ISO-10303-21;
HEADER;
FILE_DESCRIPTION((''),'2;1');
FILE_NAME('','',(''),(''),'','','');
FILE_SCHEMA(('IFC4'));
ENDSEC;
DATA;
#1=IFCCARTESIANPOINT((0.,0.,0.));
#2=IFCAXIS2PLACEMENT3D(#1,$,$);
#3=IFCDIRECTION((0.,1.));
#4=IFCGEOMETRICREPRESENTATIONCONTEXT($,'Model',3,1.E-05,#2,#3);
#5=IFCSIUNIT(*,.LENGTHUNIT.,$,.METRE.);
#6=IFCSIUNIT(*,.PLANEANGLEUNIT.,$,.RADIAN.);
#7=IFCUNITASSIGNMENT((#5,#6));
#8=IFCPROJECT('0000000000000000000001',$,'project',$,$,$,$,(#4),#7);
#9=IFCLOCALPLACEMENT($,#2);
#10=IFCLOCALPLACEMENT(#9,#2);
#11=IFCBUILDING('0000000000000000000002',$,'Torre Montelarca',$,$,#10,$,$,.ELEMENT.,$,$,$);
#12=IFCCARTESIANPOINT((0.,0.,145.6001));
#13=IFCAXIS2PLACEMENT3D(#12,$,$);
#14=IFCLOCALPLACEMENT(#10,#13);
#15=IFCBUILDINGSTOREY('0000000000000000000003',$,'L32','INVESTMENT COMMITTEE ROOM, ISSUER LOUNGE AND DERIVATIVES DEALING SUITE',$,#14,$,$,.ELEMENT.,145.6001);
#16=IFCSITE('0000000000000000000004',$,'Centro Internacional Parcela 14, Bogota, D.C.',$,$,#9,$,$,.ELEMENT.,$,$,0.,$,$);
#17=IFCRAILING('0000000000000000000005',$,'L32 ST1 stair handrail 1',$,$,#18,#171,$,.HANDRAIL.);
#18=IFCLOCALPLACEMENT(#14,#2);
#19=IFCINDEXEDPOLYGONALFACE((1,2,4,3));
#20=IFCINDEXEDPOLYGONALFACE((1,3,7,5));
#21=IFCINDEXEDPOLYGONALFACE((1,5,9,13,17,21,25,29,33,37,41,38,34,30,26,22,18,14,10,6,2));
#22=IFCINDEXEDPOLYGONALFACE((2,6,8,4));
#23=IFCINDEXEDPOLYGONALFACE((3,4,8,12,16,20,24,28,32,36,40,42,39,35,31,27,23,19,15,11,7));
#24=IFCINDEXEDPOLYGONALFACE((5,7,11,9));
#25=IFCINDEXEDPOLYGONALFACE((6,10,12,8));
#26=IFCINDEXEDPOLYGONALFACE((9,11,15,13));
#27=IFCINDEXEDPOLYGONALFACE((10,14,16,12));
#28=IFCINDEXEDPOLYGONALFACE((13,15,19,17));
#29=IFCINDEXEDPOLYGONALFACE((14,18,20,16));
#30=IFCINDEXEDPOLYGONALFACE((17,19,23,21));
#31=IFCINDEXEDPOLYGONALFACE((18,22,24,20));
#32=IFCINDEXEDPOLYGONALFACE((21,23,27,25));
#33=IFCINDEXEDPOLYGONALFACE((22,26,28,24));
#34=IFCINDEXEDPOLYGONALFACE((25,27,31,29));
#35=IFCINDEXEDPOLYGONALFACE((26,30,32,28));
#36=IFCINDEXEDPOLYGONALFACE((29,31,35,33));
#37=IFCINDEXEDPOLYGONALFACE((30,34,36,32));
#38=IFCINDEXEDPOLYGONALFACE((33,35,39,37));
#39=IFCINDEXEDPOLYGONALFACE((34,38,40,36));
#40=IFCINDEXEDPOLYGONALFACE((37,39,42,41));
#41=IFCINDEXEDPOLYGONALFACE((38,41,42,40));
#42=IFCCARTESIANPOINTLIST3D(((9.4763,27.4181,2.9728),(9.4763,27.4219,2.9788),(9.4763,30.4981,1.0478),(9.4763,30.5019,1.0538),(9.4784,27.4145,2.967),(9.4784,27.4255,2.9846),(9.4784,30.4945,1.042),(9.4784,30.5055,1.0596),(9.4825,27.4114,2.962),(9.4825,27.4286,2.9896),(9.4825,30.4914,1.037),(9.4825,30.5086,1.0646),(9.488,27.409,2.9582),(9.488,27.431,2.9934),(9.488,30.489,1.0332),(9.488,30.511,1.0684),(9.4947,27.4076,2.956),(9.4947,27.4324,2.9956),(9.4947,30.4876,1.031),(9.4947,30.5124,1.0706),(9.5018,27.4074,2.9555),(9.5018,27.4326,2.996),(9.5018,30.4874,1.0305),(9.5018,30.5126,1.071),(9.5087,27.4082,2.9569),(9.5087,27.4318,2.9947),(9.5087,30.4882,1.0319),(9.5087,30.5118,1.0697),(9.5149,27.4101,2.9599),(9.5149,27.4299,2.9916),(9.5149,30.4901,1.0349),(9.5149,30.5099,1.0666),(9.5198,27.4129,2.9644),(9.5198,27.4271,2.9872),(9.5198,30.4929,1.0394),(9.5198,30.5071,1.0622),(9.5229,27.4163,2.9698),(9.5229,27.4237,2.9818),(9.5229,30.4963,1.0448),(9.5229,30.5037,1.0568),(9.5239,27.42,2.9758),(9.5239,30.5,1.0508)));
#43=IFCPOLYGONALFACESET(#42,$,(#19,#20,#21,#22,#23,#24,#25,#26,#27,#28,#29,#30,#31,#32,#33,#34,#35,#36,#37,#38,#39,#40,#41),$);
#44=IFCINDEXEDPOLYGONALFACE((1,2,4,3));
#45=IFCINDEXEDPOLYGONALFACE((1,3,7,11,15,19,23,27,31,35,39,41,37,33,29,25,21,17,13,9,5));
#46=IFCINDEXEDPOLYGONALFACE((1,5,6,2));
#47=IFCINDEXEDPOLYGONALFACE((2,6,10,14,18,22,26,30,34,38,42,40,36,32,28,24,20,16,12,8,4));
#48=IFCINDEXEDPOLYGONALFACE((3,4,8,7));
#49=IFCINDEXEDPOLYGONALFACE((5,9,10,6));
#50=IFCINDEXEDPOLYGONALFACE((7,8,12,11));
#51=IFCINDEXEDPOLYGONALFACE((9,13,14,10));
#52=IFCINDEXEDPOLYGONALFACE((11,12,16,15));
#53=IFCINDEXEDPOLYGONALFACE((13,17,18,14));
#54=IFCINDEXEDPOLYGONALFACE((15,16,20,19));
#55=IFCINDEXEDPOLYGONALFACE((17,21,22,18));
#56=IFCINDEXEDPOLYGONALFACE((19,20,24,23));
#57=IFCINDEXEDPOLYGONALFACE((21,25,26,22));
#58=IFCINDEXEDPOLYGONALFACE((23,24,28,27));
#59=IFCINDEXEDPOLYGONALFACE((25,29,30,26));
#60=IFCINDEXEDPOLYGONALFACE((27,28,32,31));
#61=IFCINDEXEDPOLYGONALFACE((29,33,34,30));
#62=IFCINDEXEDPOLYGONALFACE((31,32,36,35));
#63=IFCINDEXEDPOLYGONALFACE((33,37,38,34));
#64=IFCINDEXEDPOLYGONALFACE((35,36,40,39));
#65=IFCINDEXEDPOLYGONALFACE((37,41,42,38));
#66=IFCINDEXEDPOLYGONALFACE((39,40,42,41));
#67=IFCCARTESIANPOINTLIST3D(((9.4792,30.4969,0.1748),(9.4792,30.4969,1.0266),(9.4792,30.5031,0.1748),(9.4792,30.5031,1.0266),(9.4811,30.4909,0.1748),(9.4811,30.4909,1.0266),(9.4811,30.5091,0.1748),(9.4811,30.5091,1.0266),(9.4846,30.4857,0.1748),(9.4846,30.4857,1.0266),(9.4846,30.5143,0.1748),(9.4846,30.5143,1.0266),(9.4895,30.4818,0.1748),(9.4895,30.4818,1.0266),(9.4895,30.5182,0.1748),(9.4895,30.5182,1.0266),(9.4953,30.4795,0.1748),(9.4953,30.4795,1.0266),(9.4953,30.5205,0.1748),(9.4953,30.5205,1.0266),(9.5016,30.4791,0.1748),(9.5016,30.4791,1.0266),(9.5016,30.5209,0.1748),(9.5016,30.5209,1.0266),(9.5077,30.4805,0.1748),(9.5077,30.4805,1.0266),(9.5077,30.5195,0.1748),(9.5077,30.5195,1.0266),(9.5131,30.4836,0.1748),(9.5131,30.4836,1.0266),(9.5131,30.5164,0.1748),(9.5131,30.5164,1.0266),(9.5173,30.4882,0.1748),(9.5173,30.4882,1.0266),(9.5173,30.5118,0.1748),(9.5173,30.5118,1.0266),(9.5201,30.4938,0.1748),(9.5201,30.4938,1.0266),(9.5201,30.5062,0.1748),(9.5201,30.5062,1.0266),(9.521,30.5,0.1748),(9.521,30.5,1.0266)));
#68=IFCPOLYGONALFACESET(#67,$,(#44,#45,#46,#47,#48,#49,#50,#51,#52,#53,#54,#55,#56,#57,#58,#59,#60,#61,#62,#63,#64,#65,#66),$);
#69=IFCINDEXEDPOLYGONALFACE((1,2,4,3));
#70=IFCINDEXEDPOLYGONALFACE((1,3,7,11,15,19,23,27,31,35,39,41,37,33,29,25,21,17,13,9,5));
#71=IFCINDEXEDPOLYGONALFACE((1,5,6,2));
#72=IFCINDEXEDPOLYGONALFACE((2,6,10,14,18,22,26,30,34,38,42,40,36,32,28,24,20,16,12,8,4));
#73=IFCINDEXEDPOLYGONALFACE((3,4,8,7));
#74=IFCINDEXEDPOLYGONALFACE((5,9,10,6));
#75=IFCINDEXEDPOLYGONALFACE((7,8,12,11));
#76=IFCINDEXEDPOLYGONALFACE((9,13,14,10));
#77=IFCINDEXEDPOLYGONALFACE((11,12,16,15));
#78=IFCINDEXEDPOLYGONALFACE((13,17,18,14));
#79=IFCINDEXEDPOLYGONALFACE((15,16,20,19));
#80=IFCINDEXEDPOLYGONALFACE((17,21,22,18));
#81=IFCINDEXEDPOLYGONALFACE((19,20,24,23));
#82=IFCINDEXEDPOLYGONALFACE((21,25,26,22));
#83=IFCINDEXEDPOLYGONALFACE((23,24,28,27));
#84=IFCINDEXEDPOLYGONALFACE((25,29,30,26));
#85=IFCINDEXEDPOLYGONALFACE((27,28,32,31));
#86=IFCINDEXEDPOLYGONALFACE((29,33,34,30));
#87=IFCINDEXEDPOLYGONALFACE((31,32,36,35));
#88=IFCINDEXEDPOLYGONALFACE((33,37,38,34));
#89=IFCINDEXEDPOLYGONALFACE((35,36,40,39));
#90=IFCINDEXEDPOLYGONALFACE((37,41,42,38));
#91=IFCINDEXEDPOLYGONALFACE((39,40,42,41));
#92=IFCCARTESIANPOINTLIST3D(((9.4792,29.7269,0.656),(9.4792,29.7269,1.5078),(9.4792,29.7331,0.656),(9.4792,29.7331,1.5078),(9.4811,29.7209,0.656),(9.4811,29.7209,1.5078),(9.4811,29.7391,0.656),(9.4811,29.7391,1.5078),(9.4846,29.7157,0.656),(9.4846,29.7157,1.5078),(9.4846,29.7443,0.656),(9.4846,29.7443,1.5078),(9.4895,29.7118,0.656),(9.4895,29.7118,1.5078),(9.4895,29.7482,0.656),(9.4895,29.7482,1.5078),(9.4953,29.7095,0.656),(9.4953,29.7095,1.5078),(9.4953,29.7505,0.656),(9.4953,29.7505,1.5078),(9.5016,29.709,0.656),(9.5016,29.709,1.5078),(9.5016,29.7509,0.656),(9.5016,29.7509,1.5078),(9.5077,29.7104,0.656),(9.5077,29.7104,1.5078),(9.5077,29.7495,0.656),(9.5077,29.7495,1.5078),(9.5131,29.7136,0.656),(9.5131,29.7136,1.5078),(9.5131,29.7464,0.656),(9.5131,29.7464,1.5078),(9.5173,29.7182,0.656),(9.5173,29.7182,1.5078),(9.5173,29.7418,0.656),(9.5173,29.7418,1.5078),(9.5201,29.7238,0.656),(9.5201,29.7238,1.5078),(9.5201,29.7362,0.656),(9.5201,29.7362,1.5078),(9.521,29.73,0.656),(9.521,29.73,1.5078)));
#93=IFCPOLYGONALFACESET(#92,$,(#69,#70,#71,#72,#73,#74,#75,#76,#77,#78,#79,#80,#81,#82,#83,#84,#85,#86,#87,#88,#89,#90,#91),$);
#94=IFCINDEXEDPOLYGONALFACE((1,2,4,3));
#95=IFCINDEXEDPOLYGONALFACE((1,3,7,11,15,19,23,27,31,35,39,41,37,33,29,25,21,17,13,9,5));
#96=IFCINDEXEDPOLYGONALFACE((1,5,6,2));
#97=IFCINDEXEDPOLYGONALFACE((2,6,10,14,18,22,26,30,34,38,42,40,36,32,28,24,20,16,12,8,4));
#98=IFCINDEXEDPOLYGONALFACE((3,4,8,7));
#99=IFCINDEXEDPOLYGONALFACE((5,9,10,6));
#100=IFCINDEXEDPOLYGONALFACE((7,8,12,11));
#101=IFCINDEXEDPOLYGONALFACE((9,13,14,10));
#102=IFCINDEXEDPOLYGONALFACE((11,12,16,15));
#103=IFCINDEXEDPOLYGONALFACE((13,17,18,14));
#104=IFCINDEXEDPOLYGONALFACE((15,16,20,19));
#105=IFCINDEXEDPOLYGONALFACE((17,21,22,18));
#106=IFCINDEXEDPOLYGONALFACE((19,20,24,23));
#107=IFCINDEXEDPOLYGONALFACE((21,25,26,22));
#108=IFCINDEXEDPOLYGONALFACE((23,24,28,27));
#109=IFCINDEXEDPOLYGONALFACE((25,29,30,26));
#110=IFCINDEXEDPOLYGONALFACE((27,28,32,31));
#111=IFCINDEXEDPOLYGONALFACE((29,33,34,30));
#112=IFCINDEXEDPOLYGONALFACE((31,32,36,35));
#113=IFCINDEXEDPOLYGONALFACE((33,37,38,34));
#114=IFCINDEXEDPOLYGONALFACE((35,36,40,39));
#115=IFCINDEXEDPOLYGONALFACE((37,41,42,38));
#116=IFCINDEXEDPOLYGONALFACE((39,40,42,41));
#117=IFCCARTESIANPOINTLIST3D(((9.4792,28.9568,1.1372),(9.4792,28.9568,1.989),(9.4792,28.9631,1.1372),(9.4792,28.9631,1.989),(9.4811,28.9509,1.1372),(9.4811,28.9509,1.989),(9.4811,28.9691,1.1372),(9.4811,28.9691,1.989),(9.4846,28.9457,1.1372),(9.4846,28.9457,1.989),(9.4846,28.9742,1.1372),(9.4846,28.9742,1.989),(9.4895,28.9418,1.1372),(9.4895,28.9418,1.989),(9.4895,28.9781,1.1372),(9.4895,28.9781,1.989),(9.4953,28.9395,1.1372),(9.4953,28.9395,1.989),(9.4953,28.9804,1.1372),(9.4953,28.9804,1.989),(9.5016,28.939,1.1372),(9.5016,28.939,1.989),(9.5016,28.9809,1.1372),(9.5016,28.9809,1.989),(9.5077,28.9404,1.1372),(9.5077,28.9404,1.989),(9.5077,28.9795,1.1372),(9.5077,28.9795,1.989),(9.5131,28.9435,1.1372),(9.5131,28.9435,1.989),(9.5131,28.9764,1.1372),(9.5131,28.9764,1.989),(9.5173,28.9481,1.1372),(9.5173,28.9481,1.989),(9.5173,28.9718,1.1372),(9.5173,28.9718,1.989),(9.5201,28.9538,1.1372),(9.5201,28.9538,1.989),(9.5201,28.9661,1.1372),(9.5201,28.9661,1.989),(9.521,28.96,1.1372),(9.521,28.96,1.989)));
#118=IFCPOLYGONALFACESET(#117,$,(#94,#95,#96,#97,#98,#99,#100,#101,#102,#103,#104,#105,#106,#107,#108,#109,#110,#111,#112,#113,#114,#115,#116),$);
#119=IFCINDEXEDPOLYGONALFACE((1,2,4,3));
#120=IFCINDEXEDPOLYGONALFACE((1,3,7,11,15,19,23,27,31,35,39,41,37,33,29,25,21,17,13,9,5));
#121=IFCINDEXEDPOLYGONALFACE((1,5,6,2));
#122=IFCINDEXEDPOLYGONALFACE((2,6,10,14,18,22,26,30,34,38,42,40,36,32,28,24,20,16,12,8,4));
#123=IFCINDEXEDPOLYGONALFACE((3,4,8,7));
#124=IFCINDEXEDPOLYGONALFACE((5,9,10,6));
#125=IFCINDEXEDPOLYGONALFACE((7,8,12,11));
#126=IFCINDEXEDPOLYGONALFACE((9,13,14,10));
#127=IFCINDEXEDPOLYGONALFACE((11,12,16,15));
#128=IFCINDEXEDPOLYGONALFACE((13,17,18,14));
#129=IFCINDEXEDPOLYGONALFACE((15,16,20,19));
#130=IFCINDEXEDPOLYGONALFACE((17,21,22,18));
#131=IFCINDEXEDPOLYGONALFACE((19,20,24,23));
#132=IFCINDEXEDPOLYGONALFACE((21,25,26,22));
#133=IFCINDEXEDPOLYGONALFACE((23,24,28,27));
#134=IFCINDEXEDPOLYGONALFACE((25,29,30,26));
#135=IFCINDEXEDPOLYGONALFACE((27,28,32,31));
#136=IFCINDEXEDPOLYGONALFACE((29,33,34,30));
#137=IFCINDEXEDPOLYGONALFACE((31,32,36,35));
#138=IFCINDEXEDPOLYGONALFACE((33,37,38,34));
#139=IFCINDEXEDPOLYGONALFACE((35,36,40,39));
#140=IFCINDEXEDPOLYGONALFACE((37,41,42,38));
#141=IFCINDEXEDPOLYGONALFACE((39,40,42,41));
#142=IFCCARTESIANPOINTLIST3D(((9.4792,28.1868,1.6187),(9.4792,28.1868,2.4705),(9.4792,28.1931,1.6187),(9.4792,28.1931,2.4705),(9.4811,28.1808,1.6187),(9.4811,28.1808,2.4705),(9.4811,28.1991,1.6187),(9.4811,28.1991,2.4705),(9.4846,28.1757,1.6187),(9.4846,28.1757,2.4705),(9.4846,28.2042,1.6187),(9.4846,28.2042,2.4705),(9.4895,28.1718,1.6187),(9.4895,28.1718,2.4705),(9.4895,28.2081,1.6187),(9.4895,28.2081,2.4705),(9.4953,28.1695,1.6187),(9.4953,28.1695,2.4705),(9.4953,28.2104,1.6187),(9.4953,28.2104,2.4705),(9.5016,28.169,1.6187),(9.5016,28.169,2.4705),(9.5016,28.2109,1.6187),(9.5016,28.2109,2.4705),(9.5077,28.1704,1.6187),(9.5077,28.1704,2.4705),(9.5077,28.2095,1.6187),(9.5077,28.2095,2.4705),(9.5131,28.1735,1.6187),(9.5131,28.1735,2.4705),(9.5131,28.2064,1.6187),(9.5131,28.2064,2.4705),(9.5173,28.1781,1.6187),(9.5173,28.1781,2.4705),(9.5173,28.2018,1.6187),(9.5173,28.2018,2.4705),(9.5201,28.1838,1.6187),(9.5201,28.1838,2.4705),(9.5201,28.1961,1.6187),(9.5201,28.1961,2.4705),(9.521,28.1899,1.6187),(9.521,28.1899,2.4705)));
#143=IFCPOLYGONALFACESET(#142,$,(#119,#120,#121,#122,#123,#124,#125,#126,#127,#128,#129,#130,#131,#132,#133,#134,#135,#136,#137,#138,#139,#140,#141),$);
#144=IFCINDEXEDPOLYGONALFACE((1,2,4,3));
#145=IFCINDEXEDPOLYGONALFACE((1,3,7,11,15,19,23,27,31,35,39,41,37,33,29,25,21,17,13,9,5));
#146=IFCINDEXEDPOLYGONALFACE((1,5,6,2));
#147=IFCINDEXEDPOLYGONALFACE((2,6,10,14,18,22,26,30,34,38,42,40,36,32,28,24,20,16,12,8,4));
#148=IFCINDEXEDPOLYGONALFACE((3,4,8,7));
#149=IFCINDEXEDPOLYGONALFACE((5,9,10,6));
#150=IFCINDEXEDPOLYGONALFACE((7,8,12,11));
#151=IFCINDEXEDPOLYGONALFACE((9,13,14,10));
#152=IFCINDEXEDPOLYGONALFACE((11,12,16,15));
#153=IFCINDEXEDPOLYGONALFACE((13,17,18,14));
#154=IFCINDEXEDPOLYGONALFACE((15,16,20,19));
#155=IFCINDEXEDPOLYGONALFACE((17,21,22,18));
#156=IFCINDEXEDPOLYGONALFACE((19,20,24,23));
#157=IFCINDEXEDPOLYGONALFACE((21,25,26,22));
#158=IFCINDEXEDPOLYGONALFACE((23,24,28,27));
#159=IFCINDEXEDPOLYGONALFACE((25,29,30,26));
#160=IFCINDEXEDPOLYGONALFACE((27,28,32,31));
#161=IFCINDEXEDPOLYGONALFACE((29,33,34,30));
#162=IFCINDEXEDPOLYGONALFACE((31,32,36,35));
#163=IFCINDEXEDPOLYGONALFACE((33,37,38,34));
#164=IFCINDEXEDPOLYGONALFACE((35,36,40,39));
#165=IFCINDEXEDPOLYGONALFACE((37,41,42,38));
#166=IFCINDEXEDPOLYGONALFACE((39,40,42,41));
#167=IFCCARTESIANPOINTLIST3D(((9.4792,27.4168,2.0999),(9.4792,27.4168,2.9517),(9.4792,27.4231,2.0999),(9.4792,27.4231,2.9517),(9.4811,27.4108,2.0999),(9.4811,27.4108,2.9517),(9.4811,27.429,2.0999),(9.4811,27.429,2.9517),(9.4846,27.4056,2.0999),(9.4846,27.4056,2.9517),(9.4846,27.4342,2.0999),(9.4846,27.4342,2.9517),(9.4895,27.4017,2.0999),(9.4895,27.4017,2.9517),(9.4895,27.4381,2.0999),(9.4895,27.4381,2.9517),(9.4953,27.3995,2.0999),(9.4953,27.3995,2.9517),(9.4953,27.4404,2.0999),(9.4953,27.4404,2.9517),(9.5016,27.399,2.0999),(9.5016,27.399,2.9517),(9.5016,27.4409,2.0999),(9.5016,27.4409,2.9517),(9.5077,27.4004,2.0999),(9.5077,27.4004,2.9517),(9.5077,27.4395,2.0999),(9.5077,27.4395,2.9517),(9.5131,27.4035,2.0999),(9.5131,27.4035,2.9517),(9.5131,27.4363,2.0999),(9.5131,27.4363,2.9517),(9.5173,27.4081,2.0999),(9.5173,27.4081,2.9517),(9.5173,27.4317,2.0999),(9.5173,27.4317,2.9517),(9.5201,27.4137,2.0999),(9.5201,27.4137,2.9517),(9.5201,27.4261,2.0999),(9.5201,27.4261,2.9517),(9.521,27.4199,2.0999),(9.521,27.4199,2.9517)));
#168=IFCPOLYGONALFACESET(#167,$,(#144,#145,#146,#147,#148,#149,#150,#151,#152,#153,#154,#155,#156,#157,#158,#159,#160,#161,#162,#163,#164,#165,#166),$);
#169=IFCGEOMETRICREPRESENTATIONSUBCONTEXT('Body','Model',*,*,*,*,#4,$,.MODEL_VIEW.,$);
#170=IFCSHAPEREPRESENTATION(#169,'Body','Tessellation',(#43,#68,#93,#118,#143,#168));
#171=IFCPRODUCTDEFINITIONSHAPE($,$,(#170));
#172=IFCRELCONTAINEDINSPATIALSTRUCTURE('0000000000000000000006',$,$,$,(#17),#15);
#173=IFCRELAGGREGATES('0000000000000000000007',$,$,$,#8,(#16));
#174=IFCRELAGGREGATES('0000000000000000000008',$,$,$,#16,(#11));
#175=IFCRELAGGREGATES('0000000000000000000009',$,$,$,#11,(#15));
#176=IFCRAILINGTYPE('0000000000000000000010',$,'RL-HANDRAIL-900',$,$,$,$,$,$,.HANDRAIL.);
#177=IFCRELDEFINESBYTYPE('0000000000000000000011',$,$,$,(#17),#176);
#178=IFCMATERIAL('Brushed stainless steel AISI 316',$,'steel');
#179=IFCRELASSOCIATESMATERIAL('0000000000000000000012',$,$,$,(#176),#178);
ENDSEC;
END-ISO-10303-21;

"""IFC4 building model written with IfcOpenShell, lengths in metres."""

from ifc_helpers import new_model, si_unit, direction, frame, origin, origin_2d, place, context, subcontext, project, spatial, circle, extrude, material, type_object, element, save


model = new_model("IFC4")

# Units and contexts
model_context = context("Model", 3, precision=1e-05, world=origin(), true_north=direction((0.0, 1.0)))
body_context = subcontext(model_context, "Body", "Model", "MODEL_VIEW")
ifc_project = project(units=[si_unit("LENGTHUNIT", "METRE"), si_unit("PLANEANGLEUNIT", "RADIAN")], contexts=[model_context])

# Site, building, storey
site_placement = place(None, origin())
site = spatial("IfcSite", under=ifc_project, at=site_placement, Name="Centro Internacional Parcela 14, Bogota, D.C.", CompositionType="ELEMENT", RefElevation=0.0)
building_placement = place(site_placement, origin())
building = spatial("IfcBuilding", under=site, at=building_placement, Name="Torre Montelarca", CompositionType="ELEMENT")
storey_placement = place(building_placement, frame((0.0, 0.0, 145.6001)))
storey = spatial("IfcBuildingStorey", under=building, at=storey_placement, Name="L32", Description="INVESTMENT COMMITTEE ROOM, ISSUER LOUNGE AND DERIVATIVES DEALING SUITE", CompositionType="ELEMENT", Elevation=145.6001)

# Shared definitions
ifc_material_1 = material(Name="Brushed stainless steel AISI 316", Category="steel")

# Railing
railing_type_1 = type_object("IfcRailingType", Name="RL-HANDRAIL-900", PredefinedType="HANDRAIL", material=ifc_material_1)
railing_1_placement = place(storey_placement, frame((9.5, 30.5, 0.1748)))
element("IfcRailing", 1, at=railing_1_placement, inside=storey, type_object=railing_type_1, Name="L32 ST1 stair handrail 1", PredefinedType="HANDRAIL", context=body_context, shape_type="SweptSolid", body=[
    extrude(circle(Radius=0.0239, at=origin_2d()), frame((0.0, 0.0, 0.876), z_axis=(0.0, -0.847998, 0.529999), x_axis=(1.0, 0.0, 0.0)), (0.0, 0.0, 1.0), 3.6321),
    extrude(circle(Radius=0.021, at=origin_2d()), origin(), (0.0, 0.0, 1.0), 0.8518),
    extrude(circle(Radius=0.021, at=origin_2d()), frame((0.0, -0.77, 0.4812)), (0.0, 0.0, 1.0), 0.8518),
    extrude(circle(Radius=0.021, at=origin_2d()), frame((0.0, -1.54, 0.9624)), (0.0, 0.0, 1.0), 0.8518),
    extrude(circle(Radius=0.021, at=origin_2d()), frame((0.0, -2.3101, 1.4438)), (0.0, 0.0, 1.0), 0.8518),
    extrude(circle(Radius=0.021, at=origin_2d()), frame((0.0, -3.0801, 1.925)), (0.0, 0.0, 1.0), 0.8518),
])

save(model, "model.ifc")
